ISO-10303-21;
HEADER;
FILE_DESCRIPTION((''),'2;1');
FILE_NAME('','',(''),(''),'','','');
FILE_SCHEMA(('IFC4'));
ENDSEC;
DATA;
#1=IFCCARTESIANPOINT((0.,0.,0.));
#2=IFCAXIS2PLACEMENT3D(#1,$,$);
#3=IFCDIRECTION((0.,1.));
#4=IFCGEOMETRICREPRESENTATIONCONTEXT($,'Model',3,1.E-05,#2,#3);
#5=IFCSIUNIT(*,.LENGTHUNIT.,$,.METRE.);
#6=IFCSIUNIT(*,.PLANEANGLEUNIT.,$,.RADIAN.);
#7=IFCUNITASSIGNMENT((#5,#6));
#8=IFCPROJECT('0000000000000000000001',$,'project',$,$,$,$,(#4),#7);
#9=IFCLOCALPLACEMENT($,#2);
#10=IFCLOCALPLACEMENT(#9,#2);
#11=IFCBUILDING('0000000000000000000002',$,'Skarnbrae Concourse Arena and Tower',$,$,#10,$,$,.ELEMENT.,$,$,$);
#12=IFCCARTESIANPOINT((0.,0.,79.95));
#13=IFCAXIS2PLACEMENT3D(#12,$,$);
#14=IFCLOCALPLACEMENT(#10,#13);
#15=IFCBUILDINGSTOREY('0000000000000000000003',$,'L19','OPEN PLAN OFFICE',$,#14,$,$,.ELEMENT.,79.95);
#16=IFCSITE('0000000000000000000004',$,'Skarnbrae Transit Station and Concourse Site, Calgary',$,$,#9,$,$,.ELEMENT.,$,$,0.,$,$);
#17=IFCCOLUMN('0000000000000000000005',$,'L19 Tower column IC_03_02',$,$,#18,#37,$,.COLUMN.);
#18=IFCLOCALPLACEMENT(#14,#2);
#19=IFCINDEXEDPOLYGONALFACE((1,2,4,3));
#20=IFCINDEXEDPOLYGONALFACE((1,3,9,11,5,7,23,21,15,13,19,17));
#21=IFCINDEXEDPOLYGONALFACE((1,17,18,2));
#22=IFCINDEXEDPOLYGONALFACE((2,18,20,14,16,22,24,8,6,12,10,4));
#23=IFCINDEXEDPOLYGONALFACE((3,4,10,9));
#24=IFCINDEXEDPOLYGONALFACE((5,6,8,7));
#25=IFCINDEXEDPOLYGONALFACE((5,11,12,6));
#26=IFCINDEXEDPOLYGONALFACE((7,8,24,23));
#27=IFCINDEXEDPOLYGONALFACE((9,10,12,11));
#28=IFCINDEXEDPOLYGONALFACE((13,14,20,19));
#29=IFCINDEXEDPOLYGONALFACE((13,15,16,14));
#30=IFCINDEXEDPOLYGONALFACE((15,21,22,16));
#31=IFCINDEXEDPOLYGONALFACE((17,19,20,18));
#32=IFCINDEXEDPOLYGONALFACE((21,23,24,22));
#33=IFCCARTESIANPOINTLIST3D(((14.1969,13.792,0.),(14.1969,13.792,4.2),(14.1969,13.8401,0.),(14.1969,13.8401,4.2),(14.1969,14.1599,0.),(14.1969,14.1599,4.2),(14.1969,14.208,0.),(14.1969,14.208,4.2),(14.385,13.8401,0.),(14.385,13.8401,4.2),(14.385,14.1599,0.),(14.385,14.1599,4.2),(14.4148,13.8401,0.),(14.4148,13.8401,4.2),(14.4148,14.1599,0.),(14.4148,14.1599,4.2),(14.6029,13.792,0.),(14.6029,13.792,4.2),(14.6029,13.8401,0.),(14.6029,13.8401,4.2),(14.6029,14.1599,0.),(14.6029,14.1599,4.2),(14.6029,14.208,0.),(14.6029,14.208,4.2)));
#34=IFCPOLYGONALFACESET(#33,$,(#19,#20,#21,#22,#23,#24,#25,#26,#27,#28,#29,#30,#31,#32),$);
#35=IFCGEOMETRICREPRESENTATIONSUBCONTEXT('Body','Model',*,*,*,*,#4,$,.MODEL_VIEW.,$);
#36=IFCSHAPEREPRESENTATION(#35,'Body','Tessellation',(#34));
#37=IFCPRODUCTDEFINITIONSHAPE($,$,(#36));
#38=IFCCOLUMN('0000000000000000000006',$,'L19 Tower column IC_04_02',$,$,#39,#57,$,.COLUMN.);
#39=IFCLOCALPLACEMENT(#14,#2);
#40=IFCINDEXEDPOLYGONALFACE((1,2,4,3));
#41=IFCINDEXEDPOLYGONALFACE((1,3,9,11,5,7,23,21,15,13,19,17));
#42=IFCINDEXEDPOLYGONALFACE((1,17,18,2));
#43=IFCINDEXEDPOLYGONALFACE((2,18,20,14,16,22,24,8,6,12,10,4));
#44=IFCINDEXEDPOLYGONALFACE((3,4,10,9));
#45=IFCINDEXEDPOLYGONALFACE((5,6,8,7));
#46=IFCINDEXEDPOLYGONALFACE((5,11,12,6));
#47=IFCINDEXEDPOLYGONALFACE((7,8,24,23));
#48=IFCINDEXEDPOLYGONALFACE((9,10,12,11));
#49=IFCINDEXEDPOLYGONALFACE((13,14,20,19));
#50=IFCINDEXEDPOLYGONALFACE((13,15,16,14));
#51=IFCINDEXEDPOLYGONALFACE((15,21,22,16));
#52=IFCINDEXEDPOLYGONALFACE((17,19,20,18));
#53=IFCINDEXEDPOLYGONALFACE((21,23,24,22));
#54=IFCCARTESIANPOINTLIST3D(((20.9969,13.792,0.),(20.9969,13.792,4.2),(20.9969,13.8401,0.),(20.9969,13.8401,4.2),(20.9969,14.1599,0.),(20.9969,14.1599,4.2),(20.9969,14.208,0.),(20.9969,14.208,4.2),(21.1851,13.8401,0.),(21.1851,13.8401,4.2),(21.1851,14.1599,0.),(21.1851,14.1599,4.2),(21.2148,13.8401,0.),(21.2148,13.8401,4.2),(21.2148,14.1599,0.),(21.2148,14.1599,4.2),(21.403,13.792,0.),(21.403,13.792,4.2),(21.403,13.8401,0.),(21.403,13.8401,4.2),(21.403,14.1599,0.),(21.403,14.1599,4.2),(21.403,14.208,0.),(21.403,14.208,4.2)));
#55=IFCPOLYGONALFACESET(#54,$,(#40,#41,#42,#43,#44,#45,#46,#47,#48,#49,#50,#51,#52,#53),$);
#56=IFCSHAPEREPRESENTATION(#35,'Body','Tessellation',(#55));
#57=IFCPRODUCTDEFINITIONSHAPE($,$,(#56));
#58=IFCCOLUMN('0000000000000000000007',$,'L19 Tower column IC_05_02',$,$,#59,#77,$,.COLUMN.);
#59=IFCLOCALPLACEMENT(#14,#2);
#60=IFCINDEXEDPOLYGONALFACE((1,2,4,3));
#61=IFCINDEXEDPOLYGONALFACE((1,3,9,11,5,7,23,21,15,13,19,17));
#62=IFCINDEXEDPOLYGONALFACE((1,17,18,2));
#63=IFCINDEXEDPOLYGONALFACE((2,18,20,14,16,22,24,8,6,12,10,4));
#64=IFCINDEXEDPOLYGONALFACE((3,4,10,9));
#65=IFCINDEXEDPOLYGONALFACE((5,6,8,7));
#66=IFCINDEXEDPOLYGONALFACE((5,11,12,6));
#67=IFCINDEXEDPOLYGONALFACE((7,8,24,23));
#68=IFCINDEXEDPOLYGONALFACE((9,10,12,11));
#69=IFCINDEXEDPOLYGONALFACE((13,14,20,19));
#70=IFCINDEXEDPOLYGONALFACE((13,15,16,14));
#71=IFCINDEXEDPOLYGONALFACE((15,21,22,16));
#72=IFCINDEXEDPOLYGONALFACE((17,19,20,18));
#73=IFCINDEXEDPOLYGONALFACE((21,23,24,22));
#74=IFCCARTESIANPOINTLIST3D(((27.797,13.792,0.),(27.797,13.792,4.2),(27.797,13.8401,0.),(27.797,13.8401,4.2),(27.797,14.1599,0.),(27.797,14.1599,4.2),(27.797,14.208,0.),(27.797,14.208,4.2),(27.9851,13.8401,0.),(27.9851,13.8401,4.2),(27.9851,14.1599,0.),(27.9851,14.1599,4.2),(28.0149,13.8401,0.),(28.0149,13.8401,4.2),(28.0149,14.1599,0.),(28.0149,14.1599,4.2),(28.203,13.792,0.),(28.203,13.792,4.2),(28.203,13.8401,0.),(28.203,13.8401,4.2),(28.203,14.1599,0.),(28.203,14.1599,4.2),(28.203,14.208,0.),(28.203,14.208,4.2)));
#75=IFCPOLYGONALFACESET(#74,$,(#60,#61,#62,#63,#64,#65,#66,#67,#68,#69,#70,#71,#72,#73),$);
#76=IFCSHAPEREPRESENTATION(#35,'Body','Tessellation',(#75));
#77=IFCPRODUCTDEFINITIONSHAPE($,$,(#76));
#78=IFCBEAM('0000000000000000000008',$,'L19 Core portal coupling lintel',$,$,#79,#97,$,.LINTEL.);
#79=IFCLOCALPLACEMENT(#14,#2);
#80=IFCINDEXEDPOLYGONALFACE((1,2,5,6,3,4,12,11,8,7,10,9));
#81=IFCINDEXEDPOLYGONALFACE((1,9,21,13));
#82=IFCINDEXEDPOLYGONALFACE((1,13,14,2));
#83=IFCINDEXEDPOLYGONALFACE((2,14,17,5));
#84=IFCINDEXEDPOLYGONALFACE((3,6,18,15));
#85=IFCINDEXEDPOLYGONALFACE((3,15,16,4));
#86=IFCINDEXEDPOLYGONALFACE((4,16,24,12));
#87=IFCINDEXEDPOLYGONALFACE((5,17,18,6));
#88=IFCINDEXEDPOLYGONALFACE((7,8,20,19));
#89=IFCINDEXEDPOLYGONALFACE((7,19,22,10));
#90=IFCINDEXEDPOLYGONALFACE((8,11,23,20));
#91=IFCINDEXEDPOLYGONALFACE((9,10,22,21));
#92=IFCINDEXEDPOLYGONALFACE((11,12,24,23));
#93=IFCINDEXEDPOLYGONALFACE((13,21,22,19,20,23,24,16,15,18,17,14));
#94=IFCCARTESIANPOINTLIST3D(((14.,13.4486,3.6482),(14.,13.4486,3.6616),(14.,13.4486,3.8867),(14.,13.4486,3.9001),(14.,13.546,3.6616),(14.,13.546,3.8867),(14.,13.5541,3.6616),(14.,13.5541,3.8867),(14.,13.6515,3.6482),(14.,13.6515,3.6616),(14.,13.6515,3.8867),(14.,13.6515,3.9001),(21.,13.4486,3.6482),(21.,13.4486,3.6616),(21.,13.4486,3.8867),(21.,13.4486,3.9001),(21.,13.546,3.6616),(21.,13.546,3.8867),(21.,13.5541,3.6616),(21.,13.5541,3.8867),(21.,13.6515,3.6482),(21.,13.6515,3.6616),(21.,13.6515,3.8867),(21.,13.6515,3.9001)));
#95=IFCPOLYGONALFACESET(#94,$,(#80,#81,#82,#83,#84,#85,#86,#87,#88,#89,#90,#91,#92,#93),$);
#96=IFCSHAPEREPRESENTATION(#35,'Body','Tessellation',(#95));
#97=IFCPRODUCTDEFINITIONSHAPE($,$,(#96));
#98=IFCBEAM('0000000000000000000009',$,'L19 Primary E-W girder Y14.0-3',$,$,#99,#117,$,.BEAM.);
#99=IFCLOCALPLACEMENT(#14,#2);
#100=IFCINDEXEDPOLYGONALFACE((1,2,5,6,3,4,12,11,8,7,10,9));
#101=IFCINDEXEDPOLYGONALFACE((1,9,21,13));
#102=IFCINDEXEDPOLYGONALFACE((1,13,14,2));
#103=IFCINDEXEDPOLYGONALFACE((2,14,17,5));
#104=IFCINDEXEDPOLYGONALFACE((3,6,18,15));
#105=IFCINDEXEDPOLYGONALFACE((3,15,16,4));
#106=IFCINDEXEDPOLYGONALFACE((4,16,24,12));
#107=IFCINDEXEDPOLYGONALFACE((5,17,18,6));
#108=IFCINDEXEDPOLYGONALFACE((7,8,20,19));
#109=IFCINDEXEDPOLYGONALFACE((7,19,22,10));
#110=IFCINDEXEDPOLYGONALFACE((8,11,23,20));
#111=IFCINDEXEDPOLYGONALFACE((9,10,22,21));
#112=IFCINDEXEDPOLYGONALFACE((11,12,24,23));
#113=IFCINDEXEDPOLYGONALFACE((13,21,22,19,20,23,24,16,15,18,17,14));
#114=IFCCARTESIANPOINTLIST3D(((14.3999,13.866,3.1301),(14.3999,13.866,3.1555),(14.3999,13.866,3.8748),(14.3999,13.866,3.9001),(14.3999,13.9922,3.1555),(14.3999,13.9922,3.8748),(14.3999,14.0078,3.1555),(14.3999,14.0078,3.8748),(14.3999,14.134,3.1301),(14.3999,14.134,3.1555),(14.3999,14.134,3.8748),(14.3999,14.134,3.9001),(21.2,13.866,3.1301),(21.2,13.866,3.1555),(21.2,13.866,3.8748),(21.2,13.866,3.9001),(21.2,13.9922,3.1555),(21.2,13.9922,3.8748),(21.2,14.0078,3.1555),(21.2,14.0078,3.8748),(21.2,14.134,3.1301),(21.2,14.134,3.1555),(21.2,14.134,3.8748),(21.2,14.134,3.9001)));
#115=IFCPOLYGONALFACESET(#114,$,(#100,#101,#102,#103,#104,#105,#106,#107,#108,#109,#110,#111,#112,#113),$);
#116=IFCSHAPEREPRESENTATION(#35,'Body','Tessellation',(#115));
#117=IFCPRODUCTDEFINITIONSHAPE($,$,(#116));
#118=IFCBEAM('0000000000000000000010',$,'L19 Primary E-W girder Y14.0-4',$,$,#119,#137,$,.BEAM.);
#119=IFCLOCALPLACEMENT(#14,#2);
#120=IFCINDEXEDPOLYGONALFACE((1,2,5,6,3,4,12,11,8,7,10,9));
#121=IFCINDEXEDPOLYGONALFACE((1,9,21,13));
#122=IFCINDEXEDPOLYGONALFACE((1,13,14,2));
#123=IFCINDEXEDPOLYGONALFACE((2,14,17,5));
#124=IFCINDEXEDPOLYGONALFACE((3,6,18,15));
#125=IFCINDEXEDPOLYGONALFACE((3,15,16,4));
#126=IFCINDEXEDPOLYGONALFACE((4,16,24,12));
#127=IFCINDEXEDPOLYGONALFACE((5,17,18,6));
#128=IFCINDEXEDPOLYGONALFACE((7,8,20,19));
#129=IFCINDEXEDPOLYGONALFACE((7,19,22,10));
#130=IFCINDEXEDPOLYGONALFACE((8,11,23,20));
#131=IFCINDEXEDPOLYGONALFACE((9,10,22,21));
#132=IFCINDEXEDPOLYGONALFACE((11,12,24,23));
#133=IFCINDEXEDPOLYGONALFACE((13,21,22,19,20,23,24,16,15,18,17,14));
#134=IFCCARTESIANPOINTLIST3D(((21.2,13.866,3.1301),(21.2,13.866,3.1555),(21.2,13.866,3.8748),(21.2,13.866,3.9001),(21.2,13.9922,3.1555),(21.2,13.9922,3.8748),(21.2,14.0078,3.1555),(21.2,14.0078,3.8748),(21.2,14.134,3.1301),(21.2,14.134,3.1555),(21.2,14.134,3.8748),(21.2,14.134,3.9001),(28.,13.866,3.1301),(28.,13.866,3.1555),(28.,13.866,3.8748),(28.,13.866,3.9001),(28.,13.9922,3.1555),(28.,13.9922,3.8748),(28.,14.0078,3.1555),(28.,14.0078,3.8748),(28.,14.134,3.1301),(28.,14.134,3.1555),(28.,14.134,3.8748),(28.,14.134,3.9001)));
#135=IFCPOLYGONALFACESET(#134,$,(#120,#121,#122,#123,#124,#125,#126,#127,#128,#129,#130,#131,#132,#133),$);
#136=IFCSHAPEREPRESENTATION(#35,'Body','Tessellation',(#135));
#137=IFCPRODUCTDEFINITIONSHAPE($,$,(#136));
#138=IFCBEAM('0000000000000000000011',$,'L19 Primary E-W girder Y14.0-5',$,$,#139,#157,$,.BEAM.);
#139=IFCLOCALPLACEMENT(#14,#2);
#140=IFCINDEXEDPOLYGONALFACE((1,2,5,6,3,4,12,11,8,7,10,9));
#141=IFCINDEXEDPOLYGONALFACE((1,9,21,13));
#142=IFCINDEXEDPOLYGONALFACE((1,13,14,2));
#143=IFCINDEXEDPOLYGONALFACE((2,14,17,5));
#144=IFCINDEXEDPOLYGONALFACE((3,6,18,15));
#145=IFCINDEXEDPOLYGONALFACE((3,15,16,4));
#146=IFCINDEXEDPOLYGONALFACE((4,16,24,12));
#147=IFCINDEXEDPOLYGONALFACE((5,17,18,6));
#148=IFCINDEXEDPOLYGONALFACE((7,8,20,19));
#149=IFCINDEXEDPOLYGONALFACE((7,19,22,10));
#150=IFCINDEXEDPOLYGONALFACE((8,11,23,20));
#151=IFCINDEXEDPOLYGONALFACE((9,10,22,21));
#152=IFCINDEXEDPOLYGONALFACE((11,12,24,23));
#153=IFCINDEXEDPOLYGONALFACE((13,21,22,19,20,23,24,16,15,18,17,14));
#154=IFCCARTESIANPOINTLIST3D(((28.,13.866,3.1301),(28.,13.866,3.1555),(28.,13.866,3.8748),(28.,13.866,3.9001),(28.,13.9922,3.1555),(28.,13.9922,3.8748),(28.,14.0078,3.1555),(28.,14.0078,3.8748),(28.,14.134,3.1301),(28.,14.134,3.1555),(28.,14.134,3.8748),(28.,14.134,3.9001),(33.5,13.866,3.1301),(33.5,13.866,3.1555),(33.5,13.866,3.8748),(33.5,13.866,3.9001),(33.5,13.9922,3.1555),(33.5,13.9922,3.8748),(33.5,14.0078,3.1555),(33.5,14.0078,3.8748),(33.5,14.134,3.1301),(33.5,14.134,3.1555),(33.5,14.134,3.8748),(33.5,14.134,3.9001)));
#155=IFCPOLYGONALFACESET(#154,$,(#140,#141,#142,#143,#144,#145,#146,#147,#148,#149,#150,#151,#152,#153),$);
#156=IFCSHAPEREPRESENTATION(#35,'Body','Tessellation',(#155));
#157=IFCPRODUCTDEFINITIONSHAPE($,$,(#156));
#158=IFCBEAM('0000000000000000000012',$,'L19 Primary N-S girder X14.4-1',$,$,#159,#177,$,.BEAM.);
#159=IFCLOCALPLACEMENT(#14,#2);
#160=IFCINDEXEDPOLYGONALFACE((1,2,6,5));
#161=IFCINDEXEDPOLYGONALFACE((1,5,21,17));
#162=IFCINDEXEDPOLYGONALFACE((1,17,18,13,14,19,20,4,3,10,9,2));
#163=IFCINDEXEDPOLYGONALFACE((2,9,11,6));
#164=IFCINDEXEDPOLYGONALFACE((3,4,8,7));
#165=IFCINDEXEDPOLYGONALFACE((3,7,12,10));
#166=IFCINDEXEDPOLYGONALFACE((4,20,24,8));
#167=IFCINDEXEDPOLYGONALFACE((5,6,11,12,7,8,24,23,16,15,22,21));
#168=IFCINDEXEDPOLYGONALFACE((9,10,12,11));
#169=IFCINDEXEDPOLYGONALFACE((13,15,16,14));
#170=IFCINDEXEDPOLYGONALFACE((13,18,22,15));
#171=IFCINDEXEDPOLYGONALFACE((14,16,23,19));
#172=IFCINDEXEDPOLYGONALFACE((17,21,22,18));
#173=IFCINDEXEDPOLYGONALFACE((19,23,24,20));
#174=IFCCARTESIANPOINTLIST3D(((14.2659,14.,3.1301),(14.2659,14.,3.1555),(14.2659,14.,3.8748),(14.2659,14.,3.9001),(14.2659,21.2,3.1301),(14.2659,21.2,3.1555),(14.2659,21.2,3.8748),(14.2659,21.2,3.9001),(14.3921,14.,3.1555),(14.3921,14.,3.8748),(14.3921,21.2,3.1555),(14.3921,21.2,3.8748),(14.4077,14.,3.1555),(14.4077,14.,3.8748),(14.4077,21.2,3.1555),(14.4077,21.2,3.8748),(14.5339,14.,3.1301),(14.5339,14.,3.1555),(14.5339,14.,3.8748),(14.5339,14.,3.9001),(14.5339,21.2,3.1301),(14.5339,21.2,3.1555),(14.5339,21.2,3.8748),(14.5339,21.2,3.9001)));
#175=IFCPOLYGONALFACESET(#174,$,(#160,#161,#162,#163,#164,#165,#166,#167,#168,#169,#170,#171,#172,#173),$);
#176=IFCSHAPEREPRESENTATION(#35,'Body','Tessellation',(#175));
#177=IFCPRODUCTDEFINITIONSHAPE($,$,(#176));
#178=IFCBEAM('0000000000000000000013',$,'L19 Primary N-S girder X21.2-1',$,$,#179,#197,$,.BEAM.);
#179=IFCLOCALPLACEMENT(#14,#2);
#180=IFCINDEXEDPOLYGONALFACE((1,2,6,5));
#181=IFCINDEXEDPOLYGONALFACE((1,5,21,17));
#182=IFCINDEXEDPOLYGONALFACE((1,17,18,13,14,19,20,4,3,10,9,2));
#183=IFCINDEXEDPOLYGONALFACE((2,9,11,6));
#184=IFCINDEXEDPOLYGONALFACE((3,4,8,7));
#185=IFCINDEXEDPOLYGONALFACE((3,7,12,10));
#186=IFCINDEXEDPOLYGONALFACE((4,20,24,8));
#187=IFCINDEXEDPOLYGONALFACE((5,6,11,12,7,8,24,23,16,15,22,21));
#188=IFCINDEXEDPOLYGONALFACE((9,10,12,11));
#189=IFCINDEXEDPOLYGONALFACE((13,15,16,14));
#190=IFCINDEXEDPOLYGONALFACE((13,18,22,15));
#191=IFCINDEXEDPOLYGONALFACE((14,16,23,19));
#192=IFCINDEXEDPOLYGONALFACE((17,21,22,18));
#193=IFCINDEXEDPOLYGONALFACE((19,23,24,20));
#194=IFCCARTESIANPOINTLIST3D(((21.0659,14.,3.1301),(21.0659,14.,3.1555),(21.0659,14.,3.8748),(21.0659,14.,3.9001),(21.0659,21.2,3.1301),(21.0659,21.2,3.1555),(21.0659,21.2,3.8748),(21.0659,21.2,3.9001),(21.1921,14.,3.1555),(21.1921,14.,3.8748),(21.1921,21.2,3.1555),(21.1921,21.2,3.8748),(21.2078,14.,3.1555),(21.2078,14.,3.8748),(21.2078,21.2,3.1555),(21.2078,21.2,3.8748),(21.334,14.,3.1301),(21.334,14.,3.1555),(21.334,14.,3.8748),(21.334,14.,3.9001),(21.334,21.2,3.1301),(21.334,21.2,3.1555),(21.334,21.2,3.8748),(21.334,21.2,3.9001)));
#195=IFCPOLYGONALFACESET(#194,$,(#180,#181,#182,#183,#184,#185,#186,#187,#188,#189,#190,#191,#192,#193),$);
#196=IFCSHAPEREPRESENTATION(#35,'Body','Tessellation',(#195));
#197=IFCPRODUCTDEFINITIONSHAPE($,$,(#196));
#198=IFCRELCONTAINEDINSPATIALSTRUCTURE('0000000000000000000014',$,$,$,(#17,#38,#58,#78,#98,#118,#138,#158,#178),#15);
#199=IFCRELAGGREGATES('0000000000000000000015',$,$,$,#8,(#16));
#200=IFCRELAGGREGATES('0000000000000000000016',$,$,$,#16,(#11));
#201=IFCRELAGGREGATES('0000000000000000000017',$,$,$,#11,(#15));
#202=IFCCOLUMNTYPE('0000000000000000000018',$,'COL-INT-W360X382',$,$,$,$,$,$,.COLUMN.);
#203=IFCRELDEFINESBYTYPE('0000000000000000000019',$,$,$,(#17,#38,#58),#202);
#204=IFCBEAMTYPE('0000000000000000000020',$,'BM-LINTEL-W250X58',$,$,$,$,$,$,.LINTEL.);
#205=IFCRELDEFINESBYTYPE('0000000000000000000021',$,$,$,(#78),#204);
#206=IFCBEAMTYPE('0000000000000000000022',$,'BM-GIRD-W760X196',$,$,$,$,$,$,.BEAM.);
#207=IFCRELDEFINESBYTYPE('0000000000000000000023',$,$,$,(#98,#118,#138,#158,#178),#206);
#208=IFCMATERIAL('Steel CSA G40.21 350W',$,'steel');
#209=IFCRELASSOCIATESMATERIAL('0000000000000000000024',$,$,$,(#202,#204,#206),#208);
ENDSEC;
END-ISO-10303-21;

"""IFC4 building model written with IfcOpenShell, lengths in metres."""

from ifc_helpers import new_model, si_unit, direction, frame, origin, origin_2d, place, context, subcontext, project, spatial, i_section, extrude, source, transform, mapped, material, material_profile, profile_set, type_object, element, save


model = new_model("IFC4")

# Units and contexts
model_context = context("Model", 3, precision=1e-05, world=origin(), true_north=direction((0.0, 1.0)))
body_context = subcontext(model_context, "Body", "Model", "MODEL_VIEW")
ifc_project = project(units=[si_unit("LENGTHUNIT", "METRE"), si_unit("PLANEANGLEUNIT", "RADIAN")], contexts=[model_context])

# Site, building, storey
site_placement = place(None, origin())
site = spatial("IfcSite", under=ifc_project, at=site_placement, Name="Skarnbrae Transit Station and Concourse Site, Calgary", CompositionType="ELEMENT", RefElevation=0.0)
building_placement = place(site_placement, origin())
building = spatial("IfcBuilding", under=site, at=building_placement, Name="Skarnbrae Concourse Arena and Tower", CompositionType="ELEMENT")
storey_placement = place(building_placement, frame((0.0, 0.0, 79.95)))
storey = spatial("IfcBuildingStorey", under=building, at=storey_placement, Name="L19", Description="OPEN PLAN OFFICE", CompositionType="ELEMENT", Elevation=79.95)

# Columns
ifc_material_1 = material(Name="Steel CSA G40.21 350W", Category="steel")
ifc_material_profile_1 = material_profile(ifc_material_1, i_section(OverallWidth=0.406, OverallDepth=0.416, WebThickness=0.0298, FlangeThickness=0.0481, at=origin_2d()), Name="W360X382")
ifc_profile_set_1 = profile_set([ifc_material_profile_1], Name="Steel CSA G40.21 350W")
column_type = type_object("IfcColumnType", Name="COL-INT-W360X382", PredefinedType="COLUMN", material=ifc_profile_set_1)
shared_shape_1 = source(origin(), body_context, "Body", "SweptSolid", [
    extrude(i_section(OverallWidth=0.406, OverallDepth=0.416, WebThickness=0.0298, FlangeThickness=0.0481, at=origin_2d()), origin(), (0.0, 0.0, 1.0), 4.2),
])
for number, where, z_axis, x_axis, name in (
    (1, (14.3999, 14.0, 0.0), (0.0, 0.0, 1.0), (1.0, 0.0, 0.0), "L19 Tower column IC_03_02"),
    (2, (21.2, 14.0, 0.0), (0.0, 0.0, 1.0), (1.0, 0.0, 0.0), "L19 Tower column IC_04_02"),
    (3, (28.0, 14.0, 0.0), (0.0, 0.0, 1.0), (1.0, 0.0, 0.0), "L19 Tower column IC_05_02"),
):
    element("IfcColumn", number, at=place(storey_placement, frame(where, z_axis=z_axis, x_axis=x_axis)), inside=storey, type_object=column_type, Name=name, PredefinedType="COLUMN", context=body_context, shape_type="MappedRepresentation", body=[
        mapped(shared_shape_1, transform((0.0, 0.0, 0.0))),
    ])

# Beams
ifc_material_profile_2 = material_profile(ifc_material_1, i_section(OverallWidth=0.2029, OverallDepth=0.252, WebThickness=0.0081, FlangeThickness=0.0134, at=origin_2d()), Name="W250X58")
ifc_profile_set_2 = profile_set([ifc_material_profile_2], Name="Steel CSA G40.21 350W")
beam_type_1 = type_object("IfcBeamType", Name="BM-LINTEL-W250X58", PredefinedType="LINTEL", material=ifc_profile_set_2)
shared_shape_2 = source(origin(), body_context, "Body", "SweptSolid", [
    extrude(i_section(OverallWidth=0.2029, OverallDepth=0.252, WebThickness=0.0081, FlangeThickness=0.0134, at=origin_2d()), origin(), (0.0, 0.0, 1.0), 7.0),
])
beam_1_placement = place(storey_placement, frame((14.0, 13.55, 3.7742), z_axis=(1.0, 0.0, 0.0), x_axis=(0.0, 1.0, 0.0)))
element("IfcBeam", 4, at=beam_1_placement, inside=storey, type_object=beam_type_1, Name="L19 Core portal coupling lintel", PredefinedType="LINTEL", context=body_context, shape_type="MappedRepresentation", body=[
    mapped(shared_shape_2, transform((0.0, 0.0, 0.0))),
])
ifc_material_profile_3 = material_profile(ifc_material_1, i_section(OverallWidth=0.2681, OverallDepth=0.77, WebThickness=0.0156, FlangeThickness=0.0254, at=origin_2d()), Name="W760X196")
ifc_profile_set_3 = profile_set([ifc_material_profile_3], Name="Steel CSA G40.21 350W")
beam_type_2 = type_object("IfcBeamType", Name="BM-GIRD-W760X196", PredefinedType="BEAM", material=ifc_profile_set_3)
shared_shape_3 = source(origin(), body_context, "Body", "SweptSolid", [
    extrude(i_section(OverallWidth=0.2681, OverallDepth=0.77, WebThickness=0.0156, FlangeThickness=0.0254, at=origin_2d()), origin(), (0.0, 0.0, 1.0), 6.8),
])
for number, where, z_axis, x_axis, name in (
    (5, (14.3999, 14.0, 3.5151), (1.0, 0.0, 0.0), (0.0, 1.0, 0.0), "L19 Primary E-W girder Y14.0-3"),
    (6, (21.2, 14.0, 3.5151), (1.0, 0.0, 0.0), (0.0, 1.0, 0.0), "L19 Primary E-W girder Y14.0-4"),
):
    element("IfcBeam", number, at=place(storey_placement, frame(where, z_axis=z_axis, x_axis=x_axis)), inside=storey, type_object=beam_type_2, Name=name, PredefinedType="BEAM", context=body_context, shape_type="MappedRepresentation", body=[
        mapped(shared_shape_3, transform((0.0, 0.0, 0.0))),
    ])
shared_shape_4 = source(origin(), body_context, "Body", "SweptSolid", [
    extrude(i_section(OverallWidth=0.2681, OverallDepth=0.77, WebThickness=0.0156, FlangeThickness=0.0254, at=origin_2d()), origin(), (0.0, 0.0, 1.0), 5.5),
])
beam_2_placement = place(storey_placement, frame((28.0, 14.0, 3.5151), z_axis=(1.0, 0.0, 0.0), x_axis=(0.0, 1.0, 0.0)))
element("IfcBeam", 7, at=beam_2_placement, inside=storey, type_object=beam_type_2, Name="L19 Primary E-W girder Y14.0-5", PredefinedType="BEAM", context=body_context, shape_type="MappedRepresentation", body=[
    mapped(shared_shape_4, transform((0.0, 0.0, 0.0))),
])
shared_shape_5 = source(origin(), body_context, "Body", "SweptSolid", [
    extrude(i_section(OverallWidth=0.2681, OverallDepth=0.77, WebThickness=0.0156, FlangeThickness=0.0254, at=origin_2d()), origin(), (0.0, 0.0, 1.0), 7.2),
])
for number, where, z_axis, x_axis, name in (
    (8, (14.3999, 14.0, 3.5151), (0.0, 1.0, 0.0), (-1.0, 0.0, 0.0), "L19 Primary N-S girder X14.4-1"),
    (9, (21.2, 14.0, 3.5151), (0.0, 1.0, 0.0), (-1.0, 0.0, 0.0), "L19 Primary N-S girder X21.2-1"),
):
    element("IfcBeam", number, at=place(storey_placement, frame(where, z_axis=z_axis, x_axis=x_axis)), inside=storey, type_object=beam_type_2, Name=name, PredefinedType="BEAM", context=body_context, shape_type="MappedRepresentation", body=[
        mapped(shared_shape_5, transform((0.0, 0.0, 0.0))),
    ])

save(model, "model.ifc")
